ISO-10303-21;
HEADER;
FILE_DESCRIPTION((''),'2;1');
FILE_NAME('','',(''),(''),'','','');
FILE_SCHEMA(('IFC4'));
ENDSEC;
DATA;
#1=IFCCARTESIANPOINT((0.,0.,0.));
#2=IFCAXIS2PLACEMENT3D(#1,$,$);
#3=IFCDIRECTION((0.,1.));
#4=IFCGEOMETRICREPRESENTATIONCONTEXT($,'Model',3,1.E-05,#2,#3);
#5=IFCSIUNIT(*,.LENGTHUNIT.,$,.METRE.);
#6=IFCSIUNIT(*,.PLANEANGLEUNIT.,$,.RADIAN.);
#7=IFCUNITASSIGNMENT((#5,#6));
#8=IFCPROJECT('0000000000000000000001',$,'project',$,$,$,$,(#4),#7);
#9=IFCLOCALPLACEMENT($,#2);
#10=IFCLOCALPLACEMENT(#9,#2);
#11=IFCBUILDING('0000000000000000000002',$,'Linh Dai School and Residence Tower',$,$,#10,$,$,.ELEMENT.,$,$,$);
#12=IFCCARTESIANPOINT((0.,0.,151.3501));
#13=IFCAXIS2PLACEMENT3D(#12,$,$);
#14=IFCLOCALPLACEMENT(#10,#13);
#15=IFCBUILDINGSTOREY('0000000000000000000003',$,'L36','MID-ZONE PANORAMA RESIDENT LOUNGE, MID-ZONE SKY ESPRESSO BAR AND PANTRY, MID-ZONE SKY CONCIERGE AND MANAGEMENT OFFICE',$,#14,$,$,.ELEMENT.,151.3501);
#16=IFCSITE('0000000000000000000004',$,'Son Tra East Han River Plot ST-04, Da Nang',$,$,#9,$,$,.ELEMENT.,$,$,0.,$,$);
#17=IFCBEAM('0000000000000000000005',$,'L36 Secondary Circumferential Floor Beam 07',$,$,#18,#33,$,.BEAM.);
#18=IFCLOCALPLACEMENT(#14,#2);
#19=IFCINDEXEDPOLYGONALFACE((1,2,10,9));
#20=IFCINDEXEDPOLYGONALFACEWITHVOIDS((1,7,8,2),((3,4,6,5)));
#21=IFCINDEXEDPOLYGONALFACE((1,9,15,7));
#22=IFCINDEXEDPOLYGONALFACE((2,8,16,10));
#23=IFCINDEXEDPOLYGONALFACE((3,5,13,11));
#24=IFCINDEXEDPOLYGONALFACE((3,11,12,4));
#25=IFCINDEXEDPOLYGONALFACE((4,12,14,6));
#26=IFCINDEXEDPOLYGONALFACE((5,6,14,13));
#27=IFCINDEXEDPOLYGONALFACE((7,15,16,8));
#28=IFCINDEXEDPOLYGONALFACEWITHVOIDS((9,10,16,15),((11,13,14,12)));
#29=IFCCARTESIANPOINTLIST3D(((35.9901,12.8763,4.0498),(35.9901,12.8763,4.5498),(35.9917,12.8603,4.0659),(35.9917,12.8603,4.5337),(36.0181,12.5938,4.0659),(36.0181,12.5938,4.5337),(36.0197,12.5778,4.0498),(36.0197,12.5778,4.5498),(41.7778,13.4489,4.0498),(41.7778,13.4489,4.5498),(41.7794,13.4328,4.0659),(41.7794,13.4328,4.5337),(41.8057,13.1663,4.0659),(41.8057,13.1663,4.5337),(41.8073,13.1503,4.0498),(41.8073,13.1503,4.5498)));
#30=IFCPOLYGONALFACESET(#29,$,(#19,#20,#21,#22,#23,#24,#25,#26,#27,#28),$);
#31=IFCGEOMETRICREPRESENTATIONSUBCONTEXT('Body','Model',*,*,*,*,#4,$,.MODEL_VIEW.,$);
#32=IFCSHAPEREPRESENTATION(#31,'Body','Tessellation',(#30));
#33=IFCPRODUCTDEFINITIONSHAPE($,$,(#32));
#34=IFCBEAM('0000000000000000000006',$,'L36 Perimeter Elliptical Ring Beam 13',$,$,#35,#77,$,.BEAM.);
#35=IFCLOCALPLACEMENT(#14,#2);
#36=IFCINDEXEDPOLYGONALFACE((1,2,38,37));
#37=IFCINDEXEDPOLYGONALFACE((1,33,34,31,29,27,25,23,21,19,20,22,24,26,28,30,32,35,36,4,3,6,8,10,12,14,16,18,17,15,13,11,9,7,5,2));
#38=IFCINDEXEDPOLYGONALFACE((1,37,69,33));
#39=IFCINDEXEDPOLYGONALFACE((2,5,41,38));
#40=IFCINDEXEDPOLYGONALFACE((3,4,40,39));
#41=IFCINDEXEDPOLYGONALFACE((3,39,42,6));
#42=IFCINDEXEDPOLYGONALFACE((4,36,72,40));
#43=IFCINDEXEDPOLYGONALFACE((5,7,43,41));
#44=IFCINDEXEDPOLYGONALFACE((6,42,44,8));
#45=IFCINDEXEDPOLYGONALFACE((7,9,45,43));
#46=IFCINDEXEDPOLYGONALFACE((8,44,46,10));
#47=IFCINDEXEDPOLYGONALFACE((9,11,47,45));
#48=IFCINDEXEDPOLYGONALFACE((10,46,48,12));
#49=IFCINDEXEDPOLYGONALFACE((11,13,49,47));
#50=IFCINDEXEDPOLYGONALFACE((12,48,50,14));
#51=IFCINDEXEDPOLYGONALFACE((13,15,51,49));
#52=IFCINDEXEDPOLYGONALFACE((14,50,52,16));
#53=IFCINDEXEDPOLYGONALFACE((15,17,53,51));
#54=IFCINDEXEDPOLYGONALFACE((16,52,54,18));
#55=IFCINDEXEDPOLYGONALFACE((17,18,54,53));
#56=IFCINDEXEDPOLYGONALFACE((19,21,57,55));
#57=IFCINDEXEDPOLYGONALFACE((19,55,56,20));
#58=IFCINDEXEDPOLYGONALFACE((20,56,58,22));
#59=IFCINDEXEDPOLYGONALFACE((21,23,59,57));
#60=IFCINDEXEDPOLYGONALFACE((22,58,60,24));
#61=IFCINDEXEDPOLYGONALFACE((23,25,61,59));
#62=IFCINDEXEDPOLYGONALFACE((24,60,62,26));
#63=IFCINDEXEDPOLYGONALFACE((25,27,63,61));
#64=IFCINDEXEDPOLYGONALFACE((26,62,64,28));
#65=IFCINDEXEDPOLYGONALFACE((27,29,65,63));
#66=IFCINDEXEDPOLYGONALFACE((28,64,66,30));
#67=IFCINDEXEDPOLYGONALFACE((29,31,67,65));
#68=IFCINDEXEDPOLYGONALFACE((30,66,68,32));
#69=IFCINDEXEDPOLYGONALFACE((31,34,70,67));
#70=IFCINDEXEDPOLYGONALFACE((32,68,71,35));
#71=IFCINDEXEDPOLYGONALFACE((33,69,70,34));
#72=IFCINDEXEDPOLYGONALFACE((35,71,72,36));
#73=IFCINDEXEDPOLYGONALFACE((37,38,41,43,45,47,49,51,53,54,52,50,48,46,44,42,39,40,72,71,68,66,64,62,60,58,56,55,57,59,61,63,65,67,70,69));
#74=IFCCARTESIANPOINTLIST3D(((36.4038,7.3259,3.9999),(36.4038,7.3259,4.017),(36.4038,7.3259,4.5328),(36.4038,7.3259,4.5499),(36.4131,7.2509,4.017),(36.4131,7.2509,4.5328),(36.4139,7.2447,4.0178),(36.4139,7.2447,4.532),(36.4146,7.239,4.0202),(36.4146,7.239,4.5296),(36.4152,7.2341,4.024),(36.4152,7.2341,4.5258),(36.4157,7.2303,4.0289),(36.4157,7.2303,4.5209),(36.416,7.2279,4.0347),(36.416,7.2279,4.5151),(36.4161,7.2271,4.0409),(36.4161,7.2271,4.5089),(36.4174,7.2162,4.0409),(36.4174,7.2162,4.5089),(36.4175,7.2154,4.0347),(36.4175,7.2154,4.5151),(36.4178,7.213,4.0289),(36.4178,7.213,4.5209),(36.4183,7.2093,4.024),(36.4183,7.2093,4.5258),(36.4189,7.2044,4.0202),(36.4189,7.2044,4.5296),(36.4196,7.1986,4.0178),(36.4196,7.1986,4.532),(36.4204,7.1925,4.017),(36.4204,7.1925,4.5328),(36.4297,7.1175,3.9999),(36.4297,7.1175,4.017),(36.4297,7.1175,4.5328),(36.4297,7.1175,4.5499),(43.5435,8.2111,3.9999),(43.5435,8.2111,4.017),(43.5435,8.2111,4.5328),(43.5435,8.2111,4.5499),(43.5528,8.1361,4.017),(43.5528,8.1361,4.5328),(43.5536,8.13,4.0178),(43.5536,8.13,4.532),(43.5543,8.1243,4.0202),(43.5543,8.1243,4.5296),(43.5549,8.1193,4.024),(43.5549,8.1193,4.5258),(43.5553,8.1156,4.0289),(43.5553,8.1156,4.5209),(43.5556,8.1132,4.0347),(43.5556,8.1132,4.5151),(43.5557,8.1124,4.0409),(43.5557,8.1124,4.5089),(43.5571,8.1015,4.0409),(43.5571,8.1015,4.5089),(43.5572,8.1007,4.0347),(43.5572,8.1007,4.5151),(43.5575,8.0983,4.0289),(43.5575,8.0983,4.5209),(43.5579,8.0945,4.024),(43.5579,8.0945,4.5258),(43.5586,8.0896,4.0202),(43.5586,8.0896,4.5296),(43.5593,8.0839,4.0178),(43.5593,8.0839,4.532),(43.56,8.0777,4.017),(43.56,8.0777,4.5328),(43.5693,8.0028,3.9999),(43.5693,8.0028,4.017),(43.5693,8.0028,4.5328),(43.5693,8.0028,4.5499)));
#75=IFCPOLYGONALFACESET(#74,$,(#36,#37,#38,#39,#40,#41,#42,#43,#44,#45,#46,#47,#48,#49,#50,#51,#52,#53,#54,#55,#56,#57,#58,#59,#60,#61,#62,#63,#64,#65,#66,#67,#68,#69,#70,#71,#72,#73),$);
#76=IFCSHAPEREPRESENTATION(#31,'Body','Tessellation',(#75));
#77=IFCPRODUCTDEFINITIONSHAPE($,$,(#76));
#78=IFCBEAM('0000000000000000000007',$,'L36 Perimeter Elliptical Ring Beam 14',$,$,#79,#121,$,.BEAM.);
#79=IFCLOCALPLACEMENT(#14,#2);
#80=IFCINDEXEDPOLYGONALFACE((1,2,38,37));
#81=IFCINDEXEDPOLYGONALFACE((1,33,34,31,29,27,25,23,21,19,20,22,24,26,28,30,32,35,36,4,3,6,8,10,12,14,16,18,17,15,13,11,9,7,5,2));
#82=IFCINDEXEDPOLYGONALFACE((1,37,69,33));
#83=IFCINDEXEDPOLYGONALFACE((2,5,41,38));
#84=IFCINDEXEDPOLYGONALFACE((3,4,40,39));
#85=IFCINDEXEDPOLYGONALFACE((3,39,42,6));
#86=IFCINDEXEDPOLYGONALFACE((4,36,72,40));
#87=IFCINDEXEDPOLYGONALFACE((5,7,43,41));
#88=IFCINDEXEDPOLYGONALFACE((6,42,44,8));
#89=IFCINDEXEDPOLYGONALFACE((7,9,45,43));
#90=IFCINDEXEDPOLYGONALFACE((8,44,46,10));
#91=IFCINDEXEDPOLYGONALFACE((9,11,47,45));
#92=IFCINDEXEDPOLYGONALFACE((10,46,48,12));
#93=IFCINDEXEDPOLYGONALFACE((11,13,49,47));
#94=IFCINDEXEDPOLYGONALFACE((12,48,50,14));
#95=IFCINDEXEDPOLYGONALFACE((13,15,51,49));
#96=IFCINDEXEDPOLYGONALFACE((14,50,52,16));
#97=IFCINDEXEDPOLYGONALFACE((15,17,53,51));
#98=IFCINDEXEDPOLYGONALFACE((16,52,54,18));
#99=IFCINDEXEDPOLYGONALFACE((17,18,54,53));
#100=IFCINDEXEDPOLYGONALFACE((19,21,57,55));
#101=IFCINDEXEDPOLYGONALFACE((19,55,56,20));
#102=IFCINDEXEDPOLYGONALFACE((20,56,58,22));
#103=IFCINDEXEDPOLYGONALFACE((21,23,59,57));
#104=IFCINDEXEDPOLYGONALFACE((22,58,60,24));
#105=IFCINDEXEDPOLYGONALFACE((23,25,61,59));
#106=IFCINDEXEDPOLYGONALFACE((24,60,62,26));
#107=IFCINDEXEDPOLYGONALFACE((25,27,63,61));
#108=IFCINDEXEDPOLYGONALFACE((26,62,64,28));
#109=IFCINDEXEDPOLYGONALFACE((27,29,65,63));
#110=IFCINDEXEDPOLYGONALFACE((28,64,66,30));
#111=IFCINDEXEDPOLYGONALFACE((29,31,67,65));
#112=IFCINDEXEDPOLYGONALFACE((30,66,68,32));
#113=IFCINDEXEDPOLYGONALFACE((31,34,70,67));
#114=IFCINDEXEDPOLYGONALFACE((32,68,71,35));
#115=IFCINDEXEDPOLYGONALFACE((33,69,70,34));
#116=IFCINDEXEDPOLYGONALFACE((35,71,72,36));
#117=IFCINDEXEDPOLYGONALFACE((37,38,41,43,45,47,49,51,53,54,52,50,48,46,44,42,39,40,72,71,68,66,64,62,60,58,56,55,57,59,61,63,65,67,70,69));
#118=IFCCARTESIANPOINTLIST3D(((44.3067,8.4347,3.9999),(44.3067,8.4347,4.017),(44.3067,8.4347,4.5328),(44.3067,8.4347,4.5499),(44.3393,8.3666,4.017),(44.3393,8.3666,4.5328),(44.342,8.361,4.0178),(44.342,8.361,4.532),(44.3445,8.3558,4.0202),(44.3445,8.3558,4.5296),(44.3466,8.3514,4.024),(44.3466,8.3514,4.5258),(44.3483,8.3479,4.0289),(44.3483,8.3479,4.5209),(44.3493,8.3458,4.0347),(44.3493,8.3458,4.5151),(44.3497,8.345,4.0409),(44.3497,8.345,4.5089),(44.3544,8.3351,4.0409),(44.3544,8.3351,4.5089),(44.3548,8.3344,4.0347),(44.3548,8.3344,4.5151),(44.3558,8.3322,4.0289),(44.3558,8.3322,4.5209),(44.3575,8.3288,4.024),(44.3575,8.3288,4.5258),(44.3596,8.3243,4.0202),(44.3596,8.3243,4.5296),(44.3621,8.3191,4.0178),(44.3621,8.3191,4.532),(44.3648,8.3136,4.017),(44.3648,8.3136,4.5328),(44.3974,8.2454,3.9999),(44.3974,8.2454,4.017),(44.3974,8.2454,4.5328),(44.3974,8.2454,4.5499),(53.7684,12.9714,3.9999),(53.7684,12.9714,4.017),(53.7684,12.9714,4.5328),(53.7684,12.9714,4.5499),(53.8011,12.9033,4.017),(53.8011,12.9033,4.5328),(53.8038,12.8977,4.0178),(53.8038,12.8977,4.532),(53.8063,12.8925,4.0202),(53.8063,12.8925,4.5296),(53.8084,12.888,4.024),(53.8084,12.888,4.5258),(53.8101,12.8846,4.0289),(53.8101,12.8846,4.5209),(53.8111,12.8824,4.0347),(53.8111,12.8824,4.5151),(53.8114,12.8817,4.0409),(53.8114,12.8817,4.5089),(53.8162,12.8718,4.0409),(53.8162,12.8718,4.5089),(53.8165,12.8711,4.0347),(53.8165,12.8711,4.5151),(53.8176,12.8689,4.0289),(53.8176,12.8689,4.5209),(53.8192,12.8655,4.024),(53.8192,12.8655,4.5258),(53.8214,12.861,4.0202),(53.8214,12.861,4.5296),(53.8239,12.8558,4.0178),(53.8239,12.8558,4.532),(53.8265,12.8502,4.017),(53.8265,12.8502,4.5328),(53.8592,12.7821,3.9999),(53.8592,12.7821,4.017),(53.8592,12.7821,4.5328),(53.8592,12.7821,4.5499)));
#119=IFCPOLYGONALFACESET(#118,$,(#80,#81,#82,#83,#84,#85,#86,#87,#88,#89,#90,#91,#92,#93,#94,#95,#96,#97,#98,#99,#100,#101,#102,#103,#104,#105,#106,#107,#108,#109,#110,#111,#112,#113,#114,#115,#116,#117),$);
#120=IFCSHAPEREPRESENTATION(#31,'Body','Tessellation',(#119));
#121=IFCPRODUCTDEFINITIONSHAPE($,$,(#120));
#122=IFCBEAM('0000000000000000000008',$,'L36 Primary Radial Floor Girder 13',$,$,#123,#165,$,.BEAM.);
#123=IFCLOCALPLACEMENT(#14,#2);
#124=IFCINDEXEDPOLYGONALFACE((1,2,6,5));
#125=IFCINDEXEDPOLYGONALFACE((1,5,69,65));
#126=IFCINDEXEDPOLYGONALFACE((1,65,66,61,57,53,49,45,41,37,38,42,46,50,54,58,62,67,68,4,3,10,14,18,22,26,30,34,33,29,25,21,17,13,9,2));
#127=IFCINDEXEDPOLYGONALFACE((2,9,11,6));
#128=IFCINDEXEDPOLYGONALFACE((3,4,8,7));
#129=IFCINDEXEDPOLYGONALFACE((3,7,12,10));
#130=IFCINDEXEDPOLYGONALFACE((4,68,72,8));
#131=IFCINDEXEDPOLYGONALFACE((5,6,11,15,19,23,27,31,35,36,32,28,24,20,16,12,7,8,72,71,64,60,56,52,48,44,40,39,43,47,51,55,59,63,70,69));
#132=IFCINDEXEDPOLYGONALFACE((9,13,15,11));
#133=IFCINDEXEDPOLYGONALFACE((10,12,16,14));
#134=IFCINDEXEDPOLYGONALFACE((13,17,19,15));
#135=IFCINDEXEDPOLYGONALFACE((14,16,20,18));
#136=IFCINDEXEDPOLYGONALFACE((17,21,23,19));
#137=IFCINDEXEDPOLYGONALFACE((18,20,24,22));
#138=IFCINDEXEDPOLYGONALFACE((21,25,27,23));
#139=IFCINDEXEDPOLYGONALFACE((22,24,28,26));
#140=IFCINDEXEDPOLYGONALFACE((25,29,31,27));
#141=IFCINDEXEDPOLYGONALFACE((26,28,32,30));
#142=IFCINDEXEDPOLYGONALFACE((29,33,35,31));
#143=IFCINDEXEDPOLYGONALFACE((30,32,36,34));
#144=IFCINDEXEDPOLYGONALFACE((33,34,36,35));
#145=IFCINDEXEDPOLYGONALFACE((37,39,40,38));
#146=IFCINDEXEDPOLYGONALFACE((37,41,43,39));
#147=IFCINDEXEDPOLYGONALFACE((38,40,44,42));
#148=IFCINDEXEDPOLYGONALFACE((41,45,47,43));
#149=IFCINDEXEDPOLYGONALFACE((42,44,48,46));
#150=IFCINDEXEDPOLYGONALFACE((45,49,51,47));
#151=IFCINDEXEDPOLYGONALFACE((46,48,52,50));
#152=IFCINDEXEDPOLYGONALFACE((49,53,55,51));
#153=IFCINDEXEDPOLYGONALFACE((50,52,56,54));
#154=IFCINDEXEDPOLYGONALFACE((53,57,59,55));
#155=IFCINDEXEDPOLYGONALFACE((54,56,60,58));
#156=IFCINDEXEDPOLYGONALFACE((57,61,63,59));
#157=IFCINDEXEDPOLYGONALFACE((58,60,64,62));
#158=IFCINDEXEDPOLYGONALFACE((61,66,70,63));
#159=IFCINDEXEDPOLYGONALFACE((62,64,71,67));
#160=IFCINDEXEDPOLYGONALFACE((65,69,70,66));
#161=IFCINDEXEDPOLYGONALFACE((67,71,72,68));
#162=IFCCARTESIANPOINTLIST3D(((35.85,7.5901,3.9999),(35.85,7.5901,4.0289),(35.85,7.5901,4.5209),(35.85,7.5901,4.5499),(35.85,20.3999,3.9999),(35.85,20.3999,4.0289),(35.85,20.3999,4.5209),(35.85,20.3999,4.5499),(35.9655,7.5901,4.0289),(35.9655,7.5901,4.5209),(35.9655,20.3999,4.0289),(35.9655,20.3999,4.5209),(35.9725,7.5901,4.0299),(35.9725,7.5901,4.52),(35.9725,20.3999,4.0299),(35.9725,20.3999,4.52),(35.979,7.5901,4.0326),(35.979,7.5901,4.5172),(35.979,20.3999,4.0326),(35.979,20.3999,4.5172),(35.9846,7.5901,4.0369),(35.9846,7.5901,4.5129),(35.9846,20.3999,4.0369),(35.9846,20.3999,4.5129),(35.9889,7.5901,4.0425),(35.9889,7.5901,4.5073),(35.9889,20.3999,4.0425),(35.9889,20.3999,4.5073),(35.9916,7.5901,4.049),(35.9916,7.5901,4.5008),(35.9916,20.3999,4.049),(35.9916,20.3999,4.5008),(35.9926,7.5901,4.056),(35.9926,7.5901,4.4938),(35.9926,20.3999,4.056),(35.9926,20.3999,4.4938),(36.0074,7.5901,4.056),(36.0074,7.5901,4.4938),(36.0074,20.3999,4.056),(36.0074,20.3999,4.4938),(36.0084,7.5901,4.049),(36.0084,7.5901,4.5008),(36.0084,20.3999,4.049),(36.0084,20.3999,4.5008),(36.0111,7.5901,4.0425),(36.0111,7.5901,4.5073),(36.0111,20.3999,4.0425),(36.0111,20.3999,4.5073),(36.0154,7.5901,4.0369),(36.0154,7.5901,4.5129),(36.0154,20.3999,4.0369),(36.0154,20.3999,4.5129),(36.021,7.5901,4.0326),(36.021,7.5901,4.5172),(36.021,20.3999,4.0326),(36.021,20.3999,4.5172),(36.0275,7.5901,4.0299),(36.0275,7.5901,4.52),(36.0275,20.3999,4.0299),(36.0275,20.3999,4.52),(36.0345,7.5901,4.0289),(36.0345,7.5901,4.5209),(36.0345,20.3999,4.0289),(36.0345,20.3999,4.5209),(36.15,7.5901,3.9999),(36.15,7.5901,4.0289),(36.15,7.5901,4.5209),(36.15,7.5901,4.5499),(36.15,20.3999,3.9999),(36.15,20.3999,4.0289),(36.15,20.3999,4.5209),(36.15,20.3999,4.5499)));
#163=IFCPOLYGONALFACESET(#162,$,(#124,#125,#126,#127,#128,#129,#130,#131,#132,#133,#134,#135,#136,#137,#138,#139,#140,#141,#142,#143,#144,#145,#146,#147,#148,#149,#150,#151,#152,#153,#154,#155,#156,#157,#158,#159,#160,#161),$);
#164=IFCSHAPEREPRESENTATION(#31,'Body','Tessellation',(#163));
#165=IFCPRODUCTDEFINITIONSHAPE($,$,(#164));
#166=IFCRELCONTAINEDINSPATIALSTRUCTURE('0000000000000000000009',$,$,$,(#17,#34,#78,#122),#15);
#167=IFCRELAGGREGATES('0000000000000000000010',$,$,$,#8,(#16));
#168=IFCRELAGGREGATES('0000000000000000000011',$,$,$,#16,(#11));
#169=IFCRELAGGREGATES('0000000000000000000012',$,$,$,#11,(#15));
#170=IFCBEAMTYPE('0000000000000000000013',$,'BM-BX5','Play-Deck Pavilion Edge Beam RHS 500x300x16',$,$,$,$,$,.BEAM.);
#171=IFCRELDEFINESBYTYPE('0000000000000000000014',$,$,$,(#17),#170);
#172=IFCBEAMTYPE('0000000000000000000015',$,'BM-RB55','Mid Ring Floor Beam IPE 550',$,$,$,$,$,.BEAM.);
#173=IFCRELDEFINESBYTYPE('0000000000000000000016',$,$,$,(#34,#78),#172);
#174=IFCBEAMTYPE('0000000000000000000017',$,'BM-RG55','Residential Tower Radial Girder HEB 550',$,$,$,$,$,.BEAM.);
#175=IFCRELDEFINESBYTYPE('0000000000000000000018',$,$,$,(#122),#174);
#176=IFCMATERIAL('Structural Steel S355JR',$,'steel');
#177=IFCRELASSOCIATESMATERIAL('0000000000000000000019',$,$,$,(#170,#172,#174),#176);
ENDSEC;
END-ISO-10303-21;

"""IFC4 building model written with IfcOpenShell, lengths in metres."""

from ifc_helpers import new_model, si_unit, direction, frame, origin, origin_2d, place, context, subcontext, project, spatial, hollow_rectangle, i_section, extrude, material, material_profile, profile_set, type_object, element, save


model = new_model("IFC4")

# Units and contexts
model_context = context("Model", 3, precision=1e-05, world=origin(), true_north=direction((0.0, 1.0)))
body_context = subcontext(model_context, "Body", "Model", "MODEL_VIEW")
ifc_project = project(units=[si_unit("LENGTHUNIT", "METRE"), si_unit("PLANEANGLEUNIT", "RADIAN")], contexts=[model_context])

# Site, building, storey
site_placement = place(None, origin())
site = spatial("IfcSite", under=ifc_project, at=site_placement, Name="Son Tra East Han River Plot ST-04, Da Nang", CompositionType="ELEMENT", RefElevation=0.0)
building_placement = place(site_placement, origin())
building = spatial("IfcBuilding", under=site, at=building_placement, Name="Linh Dai School and Residence Tower", CompositionType="ELEMENT")
storey_placement = place(building_placement, frame((0.0, 0.0, 151.3501)))
storey = spatial("IfcBuildingStorey", under=building, at=storey_placement, Name="L36", Description="MID-ZONE PANORAMA RESIDENT LOUNGE, MID-ZONE SKY ESPRESSO BAR AND PANTRY, MID-ZONE SKY CONCIERGE AND MANAGEMENT OFFICE", CompositionType="ELEMENT", Elevation=151.3501)

# Shared definitions
ifc_material_1 = material(Name="Structural Steel S355JR", Category="steel")

# Beams
ifc_material_profile_1 = material_profile(ifc_material_1, hollow_rectangle(XDim=0.3, YDim=0.5, WallThickness=0.0161, at=origin_2d()), Name="RHS 500x300x16")
ifc_profile_set_1 = profile_set([ifc_material_profile_1], Name="Structural Steel S355JR")
beam_type_1 = type_object("IfcBeamType", Name="BM-BX5", Description="Play-Deck Pavilion Edge Beam RHS 500x300x16", PredefinedType="BEAM", material=ifc_profile_set_1)
beam_1_placement = place(storey_placement, frame((36.0049, 12.7271, 4.2998), z_axis=(0.995143, 0.09844, 0.0), x_axis=(-0.09844, 0.995143, 0.0)))
element("IfcBeam", 1, at=beam_1_placement, inside=storey, type_object=beam_type_1, Name="L36 Secondary Circumferential Floor Beam 07", PredefinedType="BEAM", context=body_context, shape_type="SweptSolid", body=[
    extrude(hollow_rectangle(XDim=0.3, YDim=0.5, WallThickness=0.0161, at=origin_2d()), origin(), (0.0, 0.0, 1.0), 5.8159),
])
ifc_material_profile_2 = material_profile(ifc_material_1, i_section(OverallWidth=0.21, OverallDepth=0.55, WebThickness=0.011, FlangeThickness=0.0171, FilletRadius=0.0239, at=origin_2d()), Name="IPE 550")
ifc_profile_set_2 = profile_set([ifc_material_profile_2], Name="Structural Steel S355JR")
beam_type_2 = type_object("IfcBeamType", Name="BM-RB55", Description="Mid Ring Floor Beam IPE 550", PredefinedType="BEAM", material=ifc_profile_set_2)
beam_2_placement = place(storey_placement, frame((36.4167, 7.2217, 4.2749), z_axis=(0.992401, 0.123049, 0.0), x_axis=(-0.123049, 0.992401, 0.0)))
element("IfcBeam", 2, at=beam_2_placement, inside=storey, type_object=beam_type_2, Name="L36 Perimeter Elliptical Ring Beam 13", PredefinedType="BEAM", context=body_context, shape_type="SweptSolid", body=[
    extrude(i_section(OverallWidth=0.21, OverallDepth=0.55, WebThickness=0.011, FlangeThickness=0.0171, FilletRadius=0.0239, at=origin_2d()), origin(), (0.0, 0.0, 1.0), 7.1943),
])
beam_3_placement = place(storey_placement, frame((44.3521, 8.3401, 4.2749), z_axis=(0.901708, 0.432345, 0.0), x_axis=(-0.432345, 0.901708, 0.0)))
element("IfcBeam", 3, at=beam_3_placement, inside=storey, type_object=beam_type_2, Name="L36 Perimeter Elliptical Ring Beam 14", PredefinedType="BEAM", context=body_context, shape_type="SweptSolid", body=[
    extrude(i_section(OverallWidth=0.21, OverallDepth=0.55, WebThickness=0.011, FlangeThickness=0.0171, FilletRadius=0.0239, at=origin_2d()), origin(), (0.0, 0.0, 1.0), 10.4932),
])
ifc_material_profile_3 = material_profile(ifc_material_1, i_section(OverallWidth=0.3, OverallDepth=0.55, WebThickness=0.0149, FlangeThickness=0.0291, FilletRadius=0.0271, at=origin_2d()), Name="HEB 550")
ifc_profile_set_3 = profile_set([ifc_material_profile_3], Name="Structural Steel S355JR")
beam_type_3 = type_object("IfcBeamType", Name="BM-RG55", Description="Residential Tower Radial Girder HEB 550", PredefinedType="BEAM", material=ifc_profile_set_3)
beam_4_placement = place(storey_placement, frame((36.0, 20.3999, 4.2749), z_axis=(0.0, -1.0, 0.0), x_axis=(1.0, 0.0, 0.0)))
element("IfcBeam", 4, at=beam_4_placement, inside=storey, type_object=beam_type_3, Name="L36 Primary Radial Floor Girder 13", PredefinedType="BEAM", context=body_context, shape_type="SweptSolid", body=[
    extrude(i_section(OverallWidth=0.3, OverallDepth=0.55, WebThickness=0.0149, FlangeThickness=0.0291, FilletRadius=0.0271, at=origin_2d()), origin(), (0.0, 0.0, 1.0), 12.8098),
])

save(model, "model.ifc")
